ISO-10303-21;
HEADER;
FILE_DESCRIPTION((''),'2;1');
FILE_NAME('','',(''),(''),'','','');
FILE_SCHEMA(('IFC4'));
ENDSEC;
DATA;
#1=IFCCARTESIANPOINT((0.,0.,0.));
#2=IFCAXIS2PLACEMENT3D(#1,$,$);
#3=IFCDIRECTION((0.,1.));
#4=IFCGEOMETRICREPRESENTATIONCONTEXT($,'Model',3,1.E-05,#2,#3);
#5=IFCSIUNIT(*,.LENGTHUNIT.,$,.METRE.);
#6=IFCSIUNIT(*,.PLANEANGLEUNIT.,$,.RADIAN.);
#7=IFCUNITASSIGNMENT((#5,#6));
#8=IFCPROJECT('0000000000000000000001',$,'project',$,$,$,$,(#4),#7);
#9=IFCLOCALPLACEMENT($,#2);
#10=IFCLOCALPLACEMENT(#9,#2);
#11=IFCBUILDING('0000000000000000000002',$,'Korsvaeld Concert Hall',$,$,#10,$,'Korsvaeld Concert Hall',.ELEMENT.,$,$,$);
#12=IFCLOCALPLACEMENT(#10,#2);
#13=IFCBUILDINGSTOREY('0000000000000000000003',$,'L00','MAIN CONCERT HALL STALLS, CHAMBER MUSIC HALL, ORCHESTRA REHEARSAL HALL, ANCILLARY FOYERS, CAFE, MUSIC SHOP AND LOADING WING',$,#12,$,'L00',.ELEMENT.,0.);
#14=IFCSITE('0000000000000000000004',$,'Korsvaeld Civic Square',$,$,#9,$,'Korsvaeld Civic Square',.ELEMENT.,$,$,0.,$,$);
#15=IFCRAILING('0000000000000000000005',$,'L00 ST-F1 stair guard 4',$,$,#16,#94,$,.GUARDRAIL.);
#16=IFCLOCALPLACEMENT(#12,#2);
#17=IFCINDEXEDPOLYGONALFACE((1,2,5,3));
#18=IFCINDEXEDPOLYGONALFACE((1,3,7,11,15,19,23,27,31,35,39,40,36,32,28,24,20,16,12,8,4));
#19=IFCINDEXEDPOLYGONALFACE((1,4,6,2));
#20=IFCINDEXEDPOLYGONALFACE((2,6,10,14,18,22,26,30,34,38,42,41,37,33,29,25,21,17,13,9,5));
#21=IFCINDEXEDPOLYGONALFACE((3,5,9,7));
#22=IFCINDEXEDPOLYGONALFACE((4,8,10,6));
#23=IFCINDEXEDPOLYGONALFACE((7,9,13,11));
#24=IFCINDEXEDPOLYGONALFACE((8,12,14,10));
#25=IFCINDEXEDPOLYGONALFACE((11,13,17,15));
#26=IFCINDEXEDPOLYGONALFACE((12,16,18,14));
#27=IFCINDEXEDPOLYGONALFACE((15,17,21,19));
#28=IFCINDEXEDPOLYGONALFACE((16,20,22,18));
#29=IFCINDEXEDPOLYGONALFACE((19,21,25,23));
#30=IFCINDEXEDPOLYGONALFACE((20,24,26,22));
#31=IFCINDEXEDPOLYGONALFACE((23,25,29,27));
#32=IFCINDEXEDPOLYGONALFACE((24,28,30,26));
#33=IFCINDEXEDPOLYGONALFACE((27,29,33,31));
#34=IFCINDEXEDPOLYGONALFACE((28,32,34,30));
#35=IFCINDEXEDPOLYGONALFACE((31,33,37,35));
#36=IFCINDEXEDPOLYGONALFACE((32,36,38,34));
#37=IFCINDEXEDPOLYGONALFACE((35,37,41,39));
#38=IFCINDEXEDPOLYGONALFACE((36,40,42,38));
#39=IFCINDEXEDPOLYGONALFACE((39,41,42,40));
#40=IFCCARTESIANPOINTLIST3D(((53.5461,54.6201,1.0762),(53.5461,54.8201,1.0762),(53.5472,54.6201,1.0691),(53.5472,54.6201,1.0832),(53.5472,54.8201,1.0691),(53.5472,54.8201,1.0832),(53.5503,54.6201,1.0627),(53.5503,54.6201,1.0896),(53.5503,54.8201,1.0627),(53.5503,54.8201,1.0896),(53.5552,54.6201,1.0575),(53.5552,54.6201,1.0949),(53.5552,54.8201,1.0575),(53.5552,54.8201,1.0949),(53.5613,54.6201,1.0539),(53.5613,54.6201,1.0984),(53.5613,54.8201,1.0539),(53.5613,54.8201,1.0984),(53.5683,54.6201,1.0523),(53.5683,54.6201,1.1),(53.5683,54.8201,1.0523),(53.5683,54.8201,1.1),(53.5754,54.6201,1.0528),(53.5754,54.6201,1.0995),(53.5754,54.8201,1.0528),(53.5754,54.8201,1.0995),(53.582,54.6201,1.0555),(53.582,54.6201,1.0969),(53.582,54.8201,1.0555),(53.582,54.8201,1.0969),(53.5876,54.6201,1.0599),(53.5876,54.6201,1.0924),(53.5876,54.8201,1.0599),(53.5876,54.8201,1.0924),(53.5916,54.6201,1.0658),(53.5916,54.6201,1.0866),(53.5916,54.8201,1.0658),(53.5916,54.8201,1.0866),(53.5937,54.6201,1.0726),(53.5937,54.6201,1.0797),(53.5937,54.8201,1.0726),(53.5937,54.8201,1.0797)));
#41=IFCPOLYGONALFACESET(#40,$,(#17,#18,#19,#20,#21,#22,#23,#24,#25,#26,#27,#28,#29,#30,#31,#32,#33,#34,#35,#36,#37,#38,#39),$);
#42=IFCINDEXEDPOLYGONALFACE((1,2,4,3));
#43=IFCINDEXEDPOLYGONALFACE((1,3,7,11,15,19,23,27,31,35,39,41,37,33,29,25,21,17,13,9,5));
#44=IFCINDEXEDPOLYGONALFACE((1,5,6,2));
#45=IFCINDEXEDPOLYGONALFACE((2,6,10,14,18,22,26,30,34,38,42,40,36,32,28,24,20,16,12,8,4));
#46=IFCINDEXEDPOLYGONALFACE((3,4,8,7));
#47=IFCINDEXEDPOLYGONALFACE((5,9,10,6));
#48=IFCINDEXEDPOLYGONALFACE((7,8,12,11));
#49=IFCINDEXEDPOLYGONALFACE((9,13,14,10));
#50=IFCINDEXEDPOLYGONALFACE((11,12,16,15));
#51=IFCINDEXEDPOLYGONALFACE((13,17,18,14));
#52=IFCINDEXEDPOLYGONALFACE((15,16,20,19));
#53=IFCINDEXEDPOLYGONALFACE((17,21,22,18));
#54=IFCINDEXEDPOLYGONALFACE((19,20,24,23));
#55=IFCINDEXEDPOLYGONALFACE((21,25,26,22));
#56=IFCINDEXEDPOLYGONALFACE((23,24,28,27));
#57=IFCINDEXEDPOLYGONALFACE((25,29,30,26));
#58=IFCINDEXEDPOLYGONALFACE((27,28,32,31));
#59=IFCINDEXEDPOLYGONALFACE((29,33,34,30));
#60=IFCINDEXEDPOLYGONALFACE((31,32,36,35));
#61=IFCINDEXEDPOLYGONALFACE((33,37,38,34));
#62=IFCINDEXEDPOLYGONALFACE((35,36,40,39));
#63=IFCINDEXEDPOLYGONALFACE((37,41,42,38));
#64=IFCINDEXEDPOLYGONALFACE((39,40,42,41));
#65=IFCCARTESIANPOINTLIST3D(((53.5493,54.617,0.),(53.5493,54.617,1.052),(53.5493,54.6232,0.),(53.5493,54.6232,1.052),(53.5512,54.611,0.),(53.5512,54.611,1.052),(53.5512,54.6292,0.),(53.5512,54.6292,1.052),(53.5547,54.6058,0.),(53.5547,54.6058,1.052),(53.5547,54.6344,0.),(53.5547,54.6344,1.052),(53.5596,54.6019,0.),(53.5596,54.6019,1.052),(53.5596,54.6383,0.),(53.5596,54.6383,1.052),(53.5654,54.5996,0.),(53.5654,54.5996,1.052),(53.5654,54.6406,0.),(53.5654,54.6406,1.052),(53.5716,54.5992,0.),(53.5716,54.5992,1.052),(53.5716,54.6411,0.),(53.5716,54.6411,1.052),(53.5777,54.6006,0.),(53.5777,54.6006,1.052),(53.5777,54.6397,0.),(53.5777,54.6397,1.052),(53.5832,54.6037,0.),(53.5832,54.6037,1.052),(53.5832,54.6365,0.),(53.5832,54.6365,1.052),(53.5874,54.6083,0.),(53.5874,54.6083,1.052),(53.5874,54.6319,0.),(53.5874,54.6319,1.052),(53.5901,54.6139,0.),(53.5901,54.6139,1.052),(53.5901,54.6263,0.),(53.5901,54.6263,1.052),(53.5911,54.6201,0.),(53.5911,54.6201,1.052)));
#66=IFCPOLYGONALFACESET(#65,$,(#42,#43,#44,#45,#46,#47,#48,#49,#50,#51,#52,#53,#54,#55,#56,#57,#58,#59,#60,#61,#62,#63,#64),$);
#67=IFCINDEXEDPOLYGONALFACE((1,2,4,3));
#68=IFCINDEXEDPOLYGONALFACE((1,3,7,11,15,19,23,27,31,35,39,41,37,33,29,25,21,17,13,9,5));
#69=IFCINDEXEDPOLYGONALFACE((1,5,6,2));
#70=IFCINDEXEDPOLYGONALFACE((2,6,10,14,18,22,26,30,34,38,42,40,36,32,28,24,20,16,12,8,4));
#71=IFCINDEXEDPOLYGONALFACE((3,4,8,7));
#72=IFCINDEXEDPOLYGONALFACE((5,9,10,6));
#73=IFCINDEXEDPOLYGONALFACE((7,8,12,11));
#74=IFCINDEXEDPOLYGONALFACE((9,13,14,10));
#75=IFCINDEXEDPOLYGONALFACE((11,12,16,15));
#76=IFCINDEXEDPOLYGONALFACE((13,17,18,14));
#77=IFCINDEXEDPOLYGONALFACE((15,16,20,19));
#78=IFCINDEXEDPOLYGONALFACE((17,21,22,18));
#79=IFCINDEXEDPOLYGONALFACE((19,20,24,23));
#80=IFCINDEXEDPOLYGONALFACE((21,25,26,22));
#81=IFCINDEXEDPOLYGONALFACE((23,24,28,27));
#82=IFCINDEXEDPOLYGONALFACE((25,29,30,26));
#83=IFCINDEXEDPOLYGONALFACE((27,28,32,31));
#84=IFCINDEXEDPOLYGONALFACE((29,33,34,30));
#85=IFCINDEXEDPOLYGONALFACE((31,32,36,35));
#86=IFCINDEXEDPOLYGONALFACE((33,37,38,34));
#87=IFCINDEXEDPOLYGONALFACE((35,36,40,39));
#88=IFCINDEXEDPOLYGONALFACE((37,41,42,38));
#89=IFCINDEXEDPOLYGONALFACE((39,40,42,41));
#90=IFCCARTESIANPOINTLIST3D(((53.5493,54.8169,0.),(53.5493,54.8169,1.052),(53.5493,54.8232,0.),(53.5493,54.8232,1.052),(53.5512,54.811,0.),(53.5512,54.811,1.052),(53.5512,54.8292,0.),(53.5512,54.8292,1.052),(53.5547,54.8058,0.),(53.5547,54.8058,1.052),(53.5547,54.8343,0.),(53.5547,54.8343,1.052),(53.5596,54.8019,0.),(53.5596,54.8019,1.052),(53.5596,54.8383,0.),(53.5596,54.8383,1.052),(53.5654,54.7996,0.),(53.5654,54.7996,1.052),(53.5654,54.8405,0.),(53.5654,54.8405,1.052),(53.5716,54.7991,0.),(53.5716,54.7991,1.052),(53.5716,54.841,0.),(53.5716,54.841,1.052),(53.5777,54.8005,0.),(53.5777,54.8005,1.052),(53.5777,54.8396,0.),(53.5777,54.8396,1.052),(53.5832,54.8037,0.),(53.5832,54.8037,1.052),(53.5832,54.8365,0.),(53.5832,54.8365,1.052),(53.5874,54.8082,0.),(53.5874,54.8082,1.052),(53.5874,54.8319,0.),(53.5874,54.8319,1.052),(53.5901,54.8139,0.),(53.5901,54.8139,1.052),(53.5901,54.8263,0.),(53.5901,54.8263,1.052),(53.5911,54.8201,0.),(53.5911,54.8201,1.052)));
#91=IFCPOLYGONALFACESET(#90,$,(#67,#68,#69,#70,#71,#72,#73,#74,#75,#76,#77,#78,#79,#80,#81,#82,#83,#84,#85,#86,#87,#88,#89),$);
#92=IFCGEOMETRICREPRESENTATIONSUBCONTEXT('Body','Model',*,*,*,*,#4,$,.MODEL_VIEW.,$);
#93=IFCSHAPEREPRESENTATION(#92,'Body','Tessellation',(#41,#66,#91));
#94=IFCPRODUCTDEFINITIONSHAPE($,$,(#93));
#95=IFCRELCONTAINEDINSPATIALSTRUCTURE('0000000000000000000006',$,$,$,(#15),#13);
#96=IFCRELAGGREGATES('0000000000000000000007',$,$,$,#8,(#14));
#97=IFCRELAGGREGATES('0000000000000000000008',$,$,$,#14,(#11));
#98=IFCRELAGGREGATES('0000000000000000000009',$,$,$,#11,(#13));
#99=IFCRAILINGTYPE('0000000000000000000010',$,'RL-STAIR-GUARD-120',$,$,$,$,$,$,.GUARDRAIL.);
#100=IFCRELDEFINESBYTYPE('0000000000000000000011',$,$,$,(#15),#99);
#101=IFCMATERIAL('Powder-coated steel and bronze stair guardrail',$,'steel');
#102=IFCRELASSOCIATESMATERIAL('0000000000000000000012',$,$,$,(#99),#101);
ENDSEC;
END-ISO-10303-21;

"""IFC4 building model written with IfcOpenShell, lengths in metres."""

from ifc_helpers import new_model, si_unit, direction, frame, origin, origin_2d, place, context, subcontext, project, spatial, circle, extrude, material, type_object, element, save


model = new_model("IFC4")

# Units and contexts
model_context = context("Model", 3, precision=1e-05, world=origin(), true_north=direction((0.0, 1.0)))
body_context = subcontext(model_context, "Body", "Model", "MODEL_VIEW")
ifc_project = project(units=[si_unit("LENGTHUNIT", "METRE"), si_unit("PLANEANGLEUNIT", "RADIAN")], contexts=[model_context])

# Site, building, storey
site_placement = place(None, origin())
site = spatial("IfcSite", under=ifc_project, at=site_placement, Name="Korsvaeld Civic Square", LongName="Korsvaeld Civic Square", CompositionType="ELEMENT", RefElevation=0.0)
building_placement = place(site_placement, origin())
building = spatial("IfcBuilding", under=site, at=building_placement, Name="Korsvaeld Concert Hall", LongName="Korsvaeld Concert Hall", CompositionType="ELEMENT")
storey_placement = place(building_placement, origin())
storey = spatial("IfcBuildingStorey", under=building, at=storey_placement, Name="L00", Description="MAIN CONCERT HALL STALLS, CHAMBER MUSIC HALL, ORCHESTRA REHEARSAL HALL, ANCILLARY FOYERS, CAFE, MUSIC SHOP AND LOADING WING", LongName="L00", CompositionType="ELEMENT", Elevation=0.0)

# Railing
ifc_material_1 = material(Name="Powder-coated steel and bronze stair guardrail", Category="steel")
railing_type_1 = type_object("IfcRailingType", Name="RL-STAIR-GUARD-120", PredefinedType="GUARDRAIL", material=ifc_material_1)
railing_1_placement = place(storey_placement, frame((53.5701, 54.6201, 0.0)))
element("IfcRailing", 1, at=railing_1_placement, inside=storey, type_object=railing_type_1, Name="L00 ST-F1 stair guard 4", PredefinedType="GUARDRAIL", context=body_context, shape_type="SweptSolid", body=[
    extrude(circle(Radius=0.0239, at=origin_2d()), frame((0.0, 0.0, 1.0762), z_axis=(0.0, 1.0, 0.0), x_axis=(-1.0, 0.0, 0.0)), (0.0, 0.0, 1.0), 0.2),
    extrude(circle(Radius=0.021, at=origin_2d()), origin(), (0.0, 0.0, 1.0), 1.052),
    extrude(circle(Radius=0.021, at=origin_2d()), frame((0.0, 0.2, 0.0)), (0.0, 0.0, 1.0), 1.052),
])

save(model, "model.ifc")
